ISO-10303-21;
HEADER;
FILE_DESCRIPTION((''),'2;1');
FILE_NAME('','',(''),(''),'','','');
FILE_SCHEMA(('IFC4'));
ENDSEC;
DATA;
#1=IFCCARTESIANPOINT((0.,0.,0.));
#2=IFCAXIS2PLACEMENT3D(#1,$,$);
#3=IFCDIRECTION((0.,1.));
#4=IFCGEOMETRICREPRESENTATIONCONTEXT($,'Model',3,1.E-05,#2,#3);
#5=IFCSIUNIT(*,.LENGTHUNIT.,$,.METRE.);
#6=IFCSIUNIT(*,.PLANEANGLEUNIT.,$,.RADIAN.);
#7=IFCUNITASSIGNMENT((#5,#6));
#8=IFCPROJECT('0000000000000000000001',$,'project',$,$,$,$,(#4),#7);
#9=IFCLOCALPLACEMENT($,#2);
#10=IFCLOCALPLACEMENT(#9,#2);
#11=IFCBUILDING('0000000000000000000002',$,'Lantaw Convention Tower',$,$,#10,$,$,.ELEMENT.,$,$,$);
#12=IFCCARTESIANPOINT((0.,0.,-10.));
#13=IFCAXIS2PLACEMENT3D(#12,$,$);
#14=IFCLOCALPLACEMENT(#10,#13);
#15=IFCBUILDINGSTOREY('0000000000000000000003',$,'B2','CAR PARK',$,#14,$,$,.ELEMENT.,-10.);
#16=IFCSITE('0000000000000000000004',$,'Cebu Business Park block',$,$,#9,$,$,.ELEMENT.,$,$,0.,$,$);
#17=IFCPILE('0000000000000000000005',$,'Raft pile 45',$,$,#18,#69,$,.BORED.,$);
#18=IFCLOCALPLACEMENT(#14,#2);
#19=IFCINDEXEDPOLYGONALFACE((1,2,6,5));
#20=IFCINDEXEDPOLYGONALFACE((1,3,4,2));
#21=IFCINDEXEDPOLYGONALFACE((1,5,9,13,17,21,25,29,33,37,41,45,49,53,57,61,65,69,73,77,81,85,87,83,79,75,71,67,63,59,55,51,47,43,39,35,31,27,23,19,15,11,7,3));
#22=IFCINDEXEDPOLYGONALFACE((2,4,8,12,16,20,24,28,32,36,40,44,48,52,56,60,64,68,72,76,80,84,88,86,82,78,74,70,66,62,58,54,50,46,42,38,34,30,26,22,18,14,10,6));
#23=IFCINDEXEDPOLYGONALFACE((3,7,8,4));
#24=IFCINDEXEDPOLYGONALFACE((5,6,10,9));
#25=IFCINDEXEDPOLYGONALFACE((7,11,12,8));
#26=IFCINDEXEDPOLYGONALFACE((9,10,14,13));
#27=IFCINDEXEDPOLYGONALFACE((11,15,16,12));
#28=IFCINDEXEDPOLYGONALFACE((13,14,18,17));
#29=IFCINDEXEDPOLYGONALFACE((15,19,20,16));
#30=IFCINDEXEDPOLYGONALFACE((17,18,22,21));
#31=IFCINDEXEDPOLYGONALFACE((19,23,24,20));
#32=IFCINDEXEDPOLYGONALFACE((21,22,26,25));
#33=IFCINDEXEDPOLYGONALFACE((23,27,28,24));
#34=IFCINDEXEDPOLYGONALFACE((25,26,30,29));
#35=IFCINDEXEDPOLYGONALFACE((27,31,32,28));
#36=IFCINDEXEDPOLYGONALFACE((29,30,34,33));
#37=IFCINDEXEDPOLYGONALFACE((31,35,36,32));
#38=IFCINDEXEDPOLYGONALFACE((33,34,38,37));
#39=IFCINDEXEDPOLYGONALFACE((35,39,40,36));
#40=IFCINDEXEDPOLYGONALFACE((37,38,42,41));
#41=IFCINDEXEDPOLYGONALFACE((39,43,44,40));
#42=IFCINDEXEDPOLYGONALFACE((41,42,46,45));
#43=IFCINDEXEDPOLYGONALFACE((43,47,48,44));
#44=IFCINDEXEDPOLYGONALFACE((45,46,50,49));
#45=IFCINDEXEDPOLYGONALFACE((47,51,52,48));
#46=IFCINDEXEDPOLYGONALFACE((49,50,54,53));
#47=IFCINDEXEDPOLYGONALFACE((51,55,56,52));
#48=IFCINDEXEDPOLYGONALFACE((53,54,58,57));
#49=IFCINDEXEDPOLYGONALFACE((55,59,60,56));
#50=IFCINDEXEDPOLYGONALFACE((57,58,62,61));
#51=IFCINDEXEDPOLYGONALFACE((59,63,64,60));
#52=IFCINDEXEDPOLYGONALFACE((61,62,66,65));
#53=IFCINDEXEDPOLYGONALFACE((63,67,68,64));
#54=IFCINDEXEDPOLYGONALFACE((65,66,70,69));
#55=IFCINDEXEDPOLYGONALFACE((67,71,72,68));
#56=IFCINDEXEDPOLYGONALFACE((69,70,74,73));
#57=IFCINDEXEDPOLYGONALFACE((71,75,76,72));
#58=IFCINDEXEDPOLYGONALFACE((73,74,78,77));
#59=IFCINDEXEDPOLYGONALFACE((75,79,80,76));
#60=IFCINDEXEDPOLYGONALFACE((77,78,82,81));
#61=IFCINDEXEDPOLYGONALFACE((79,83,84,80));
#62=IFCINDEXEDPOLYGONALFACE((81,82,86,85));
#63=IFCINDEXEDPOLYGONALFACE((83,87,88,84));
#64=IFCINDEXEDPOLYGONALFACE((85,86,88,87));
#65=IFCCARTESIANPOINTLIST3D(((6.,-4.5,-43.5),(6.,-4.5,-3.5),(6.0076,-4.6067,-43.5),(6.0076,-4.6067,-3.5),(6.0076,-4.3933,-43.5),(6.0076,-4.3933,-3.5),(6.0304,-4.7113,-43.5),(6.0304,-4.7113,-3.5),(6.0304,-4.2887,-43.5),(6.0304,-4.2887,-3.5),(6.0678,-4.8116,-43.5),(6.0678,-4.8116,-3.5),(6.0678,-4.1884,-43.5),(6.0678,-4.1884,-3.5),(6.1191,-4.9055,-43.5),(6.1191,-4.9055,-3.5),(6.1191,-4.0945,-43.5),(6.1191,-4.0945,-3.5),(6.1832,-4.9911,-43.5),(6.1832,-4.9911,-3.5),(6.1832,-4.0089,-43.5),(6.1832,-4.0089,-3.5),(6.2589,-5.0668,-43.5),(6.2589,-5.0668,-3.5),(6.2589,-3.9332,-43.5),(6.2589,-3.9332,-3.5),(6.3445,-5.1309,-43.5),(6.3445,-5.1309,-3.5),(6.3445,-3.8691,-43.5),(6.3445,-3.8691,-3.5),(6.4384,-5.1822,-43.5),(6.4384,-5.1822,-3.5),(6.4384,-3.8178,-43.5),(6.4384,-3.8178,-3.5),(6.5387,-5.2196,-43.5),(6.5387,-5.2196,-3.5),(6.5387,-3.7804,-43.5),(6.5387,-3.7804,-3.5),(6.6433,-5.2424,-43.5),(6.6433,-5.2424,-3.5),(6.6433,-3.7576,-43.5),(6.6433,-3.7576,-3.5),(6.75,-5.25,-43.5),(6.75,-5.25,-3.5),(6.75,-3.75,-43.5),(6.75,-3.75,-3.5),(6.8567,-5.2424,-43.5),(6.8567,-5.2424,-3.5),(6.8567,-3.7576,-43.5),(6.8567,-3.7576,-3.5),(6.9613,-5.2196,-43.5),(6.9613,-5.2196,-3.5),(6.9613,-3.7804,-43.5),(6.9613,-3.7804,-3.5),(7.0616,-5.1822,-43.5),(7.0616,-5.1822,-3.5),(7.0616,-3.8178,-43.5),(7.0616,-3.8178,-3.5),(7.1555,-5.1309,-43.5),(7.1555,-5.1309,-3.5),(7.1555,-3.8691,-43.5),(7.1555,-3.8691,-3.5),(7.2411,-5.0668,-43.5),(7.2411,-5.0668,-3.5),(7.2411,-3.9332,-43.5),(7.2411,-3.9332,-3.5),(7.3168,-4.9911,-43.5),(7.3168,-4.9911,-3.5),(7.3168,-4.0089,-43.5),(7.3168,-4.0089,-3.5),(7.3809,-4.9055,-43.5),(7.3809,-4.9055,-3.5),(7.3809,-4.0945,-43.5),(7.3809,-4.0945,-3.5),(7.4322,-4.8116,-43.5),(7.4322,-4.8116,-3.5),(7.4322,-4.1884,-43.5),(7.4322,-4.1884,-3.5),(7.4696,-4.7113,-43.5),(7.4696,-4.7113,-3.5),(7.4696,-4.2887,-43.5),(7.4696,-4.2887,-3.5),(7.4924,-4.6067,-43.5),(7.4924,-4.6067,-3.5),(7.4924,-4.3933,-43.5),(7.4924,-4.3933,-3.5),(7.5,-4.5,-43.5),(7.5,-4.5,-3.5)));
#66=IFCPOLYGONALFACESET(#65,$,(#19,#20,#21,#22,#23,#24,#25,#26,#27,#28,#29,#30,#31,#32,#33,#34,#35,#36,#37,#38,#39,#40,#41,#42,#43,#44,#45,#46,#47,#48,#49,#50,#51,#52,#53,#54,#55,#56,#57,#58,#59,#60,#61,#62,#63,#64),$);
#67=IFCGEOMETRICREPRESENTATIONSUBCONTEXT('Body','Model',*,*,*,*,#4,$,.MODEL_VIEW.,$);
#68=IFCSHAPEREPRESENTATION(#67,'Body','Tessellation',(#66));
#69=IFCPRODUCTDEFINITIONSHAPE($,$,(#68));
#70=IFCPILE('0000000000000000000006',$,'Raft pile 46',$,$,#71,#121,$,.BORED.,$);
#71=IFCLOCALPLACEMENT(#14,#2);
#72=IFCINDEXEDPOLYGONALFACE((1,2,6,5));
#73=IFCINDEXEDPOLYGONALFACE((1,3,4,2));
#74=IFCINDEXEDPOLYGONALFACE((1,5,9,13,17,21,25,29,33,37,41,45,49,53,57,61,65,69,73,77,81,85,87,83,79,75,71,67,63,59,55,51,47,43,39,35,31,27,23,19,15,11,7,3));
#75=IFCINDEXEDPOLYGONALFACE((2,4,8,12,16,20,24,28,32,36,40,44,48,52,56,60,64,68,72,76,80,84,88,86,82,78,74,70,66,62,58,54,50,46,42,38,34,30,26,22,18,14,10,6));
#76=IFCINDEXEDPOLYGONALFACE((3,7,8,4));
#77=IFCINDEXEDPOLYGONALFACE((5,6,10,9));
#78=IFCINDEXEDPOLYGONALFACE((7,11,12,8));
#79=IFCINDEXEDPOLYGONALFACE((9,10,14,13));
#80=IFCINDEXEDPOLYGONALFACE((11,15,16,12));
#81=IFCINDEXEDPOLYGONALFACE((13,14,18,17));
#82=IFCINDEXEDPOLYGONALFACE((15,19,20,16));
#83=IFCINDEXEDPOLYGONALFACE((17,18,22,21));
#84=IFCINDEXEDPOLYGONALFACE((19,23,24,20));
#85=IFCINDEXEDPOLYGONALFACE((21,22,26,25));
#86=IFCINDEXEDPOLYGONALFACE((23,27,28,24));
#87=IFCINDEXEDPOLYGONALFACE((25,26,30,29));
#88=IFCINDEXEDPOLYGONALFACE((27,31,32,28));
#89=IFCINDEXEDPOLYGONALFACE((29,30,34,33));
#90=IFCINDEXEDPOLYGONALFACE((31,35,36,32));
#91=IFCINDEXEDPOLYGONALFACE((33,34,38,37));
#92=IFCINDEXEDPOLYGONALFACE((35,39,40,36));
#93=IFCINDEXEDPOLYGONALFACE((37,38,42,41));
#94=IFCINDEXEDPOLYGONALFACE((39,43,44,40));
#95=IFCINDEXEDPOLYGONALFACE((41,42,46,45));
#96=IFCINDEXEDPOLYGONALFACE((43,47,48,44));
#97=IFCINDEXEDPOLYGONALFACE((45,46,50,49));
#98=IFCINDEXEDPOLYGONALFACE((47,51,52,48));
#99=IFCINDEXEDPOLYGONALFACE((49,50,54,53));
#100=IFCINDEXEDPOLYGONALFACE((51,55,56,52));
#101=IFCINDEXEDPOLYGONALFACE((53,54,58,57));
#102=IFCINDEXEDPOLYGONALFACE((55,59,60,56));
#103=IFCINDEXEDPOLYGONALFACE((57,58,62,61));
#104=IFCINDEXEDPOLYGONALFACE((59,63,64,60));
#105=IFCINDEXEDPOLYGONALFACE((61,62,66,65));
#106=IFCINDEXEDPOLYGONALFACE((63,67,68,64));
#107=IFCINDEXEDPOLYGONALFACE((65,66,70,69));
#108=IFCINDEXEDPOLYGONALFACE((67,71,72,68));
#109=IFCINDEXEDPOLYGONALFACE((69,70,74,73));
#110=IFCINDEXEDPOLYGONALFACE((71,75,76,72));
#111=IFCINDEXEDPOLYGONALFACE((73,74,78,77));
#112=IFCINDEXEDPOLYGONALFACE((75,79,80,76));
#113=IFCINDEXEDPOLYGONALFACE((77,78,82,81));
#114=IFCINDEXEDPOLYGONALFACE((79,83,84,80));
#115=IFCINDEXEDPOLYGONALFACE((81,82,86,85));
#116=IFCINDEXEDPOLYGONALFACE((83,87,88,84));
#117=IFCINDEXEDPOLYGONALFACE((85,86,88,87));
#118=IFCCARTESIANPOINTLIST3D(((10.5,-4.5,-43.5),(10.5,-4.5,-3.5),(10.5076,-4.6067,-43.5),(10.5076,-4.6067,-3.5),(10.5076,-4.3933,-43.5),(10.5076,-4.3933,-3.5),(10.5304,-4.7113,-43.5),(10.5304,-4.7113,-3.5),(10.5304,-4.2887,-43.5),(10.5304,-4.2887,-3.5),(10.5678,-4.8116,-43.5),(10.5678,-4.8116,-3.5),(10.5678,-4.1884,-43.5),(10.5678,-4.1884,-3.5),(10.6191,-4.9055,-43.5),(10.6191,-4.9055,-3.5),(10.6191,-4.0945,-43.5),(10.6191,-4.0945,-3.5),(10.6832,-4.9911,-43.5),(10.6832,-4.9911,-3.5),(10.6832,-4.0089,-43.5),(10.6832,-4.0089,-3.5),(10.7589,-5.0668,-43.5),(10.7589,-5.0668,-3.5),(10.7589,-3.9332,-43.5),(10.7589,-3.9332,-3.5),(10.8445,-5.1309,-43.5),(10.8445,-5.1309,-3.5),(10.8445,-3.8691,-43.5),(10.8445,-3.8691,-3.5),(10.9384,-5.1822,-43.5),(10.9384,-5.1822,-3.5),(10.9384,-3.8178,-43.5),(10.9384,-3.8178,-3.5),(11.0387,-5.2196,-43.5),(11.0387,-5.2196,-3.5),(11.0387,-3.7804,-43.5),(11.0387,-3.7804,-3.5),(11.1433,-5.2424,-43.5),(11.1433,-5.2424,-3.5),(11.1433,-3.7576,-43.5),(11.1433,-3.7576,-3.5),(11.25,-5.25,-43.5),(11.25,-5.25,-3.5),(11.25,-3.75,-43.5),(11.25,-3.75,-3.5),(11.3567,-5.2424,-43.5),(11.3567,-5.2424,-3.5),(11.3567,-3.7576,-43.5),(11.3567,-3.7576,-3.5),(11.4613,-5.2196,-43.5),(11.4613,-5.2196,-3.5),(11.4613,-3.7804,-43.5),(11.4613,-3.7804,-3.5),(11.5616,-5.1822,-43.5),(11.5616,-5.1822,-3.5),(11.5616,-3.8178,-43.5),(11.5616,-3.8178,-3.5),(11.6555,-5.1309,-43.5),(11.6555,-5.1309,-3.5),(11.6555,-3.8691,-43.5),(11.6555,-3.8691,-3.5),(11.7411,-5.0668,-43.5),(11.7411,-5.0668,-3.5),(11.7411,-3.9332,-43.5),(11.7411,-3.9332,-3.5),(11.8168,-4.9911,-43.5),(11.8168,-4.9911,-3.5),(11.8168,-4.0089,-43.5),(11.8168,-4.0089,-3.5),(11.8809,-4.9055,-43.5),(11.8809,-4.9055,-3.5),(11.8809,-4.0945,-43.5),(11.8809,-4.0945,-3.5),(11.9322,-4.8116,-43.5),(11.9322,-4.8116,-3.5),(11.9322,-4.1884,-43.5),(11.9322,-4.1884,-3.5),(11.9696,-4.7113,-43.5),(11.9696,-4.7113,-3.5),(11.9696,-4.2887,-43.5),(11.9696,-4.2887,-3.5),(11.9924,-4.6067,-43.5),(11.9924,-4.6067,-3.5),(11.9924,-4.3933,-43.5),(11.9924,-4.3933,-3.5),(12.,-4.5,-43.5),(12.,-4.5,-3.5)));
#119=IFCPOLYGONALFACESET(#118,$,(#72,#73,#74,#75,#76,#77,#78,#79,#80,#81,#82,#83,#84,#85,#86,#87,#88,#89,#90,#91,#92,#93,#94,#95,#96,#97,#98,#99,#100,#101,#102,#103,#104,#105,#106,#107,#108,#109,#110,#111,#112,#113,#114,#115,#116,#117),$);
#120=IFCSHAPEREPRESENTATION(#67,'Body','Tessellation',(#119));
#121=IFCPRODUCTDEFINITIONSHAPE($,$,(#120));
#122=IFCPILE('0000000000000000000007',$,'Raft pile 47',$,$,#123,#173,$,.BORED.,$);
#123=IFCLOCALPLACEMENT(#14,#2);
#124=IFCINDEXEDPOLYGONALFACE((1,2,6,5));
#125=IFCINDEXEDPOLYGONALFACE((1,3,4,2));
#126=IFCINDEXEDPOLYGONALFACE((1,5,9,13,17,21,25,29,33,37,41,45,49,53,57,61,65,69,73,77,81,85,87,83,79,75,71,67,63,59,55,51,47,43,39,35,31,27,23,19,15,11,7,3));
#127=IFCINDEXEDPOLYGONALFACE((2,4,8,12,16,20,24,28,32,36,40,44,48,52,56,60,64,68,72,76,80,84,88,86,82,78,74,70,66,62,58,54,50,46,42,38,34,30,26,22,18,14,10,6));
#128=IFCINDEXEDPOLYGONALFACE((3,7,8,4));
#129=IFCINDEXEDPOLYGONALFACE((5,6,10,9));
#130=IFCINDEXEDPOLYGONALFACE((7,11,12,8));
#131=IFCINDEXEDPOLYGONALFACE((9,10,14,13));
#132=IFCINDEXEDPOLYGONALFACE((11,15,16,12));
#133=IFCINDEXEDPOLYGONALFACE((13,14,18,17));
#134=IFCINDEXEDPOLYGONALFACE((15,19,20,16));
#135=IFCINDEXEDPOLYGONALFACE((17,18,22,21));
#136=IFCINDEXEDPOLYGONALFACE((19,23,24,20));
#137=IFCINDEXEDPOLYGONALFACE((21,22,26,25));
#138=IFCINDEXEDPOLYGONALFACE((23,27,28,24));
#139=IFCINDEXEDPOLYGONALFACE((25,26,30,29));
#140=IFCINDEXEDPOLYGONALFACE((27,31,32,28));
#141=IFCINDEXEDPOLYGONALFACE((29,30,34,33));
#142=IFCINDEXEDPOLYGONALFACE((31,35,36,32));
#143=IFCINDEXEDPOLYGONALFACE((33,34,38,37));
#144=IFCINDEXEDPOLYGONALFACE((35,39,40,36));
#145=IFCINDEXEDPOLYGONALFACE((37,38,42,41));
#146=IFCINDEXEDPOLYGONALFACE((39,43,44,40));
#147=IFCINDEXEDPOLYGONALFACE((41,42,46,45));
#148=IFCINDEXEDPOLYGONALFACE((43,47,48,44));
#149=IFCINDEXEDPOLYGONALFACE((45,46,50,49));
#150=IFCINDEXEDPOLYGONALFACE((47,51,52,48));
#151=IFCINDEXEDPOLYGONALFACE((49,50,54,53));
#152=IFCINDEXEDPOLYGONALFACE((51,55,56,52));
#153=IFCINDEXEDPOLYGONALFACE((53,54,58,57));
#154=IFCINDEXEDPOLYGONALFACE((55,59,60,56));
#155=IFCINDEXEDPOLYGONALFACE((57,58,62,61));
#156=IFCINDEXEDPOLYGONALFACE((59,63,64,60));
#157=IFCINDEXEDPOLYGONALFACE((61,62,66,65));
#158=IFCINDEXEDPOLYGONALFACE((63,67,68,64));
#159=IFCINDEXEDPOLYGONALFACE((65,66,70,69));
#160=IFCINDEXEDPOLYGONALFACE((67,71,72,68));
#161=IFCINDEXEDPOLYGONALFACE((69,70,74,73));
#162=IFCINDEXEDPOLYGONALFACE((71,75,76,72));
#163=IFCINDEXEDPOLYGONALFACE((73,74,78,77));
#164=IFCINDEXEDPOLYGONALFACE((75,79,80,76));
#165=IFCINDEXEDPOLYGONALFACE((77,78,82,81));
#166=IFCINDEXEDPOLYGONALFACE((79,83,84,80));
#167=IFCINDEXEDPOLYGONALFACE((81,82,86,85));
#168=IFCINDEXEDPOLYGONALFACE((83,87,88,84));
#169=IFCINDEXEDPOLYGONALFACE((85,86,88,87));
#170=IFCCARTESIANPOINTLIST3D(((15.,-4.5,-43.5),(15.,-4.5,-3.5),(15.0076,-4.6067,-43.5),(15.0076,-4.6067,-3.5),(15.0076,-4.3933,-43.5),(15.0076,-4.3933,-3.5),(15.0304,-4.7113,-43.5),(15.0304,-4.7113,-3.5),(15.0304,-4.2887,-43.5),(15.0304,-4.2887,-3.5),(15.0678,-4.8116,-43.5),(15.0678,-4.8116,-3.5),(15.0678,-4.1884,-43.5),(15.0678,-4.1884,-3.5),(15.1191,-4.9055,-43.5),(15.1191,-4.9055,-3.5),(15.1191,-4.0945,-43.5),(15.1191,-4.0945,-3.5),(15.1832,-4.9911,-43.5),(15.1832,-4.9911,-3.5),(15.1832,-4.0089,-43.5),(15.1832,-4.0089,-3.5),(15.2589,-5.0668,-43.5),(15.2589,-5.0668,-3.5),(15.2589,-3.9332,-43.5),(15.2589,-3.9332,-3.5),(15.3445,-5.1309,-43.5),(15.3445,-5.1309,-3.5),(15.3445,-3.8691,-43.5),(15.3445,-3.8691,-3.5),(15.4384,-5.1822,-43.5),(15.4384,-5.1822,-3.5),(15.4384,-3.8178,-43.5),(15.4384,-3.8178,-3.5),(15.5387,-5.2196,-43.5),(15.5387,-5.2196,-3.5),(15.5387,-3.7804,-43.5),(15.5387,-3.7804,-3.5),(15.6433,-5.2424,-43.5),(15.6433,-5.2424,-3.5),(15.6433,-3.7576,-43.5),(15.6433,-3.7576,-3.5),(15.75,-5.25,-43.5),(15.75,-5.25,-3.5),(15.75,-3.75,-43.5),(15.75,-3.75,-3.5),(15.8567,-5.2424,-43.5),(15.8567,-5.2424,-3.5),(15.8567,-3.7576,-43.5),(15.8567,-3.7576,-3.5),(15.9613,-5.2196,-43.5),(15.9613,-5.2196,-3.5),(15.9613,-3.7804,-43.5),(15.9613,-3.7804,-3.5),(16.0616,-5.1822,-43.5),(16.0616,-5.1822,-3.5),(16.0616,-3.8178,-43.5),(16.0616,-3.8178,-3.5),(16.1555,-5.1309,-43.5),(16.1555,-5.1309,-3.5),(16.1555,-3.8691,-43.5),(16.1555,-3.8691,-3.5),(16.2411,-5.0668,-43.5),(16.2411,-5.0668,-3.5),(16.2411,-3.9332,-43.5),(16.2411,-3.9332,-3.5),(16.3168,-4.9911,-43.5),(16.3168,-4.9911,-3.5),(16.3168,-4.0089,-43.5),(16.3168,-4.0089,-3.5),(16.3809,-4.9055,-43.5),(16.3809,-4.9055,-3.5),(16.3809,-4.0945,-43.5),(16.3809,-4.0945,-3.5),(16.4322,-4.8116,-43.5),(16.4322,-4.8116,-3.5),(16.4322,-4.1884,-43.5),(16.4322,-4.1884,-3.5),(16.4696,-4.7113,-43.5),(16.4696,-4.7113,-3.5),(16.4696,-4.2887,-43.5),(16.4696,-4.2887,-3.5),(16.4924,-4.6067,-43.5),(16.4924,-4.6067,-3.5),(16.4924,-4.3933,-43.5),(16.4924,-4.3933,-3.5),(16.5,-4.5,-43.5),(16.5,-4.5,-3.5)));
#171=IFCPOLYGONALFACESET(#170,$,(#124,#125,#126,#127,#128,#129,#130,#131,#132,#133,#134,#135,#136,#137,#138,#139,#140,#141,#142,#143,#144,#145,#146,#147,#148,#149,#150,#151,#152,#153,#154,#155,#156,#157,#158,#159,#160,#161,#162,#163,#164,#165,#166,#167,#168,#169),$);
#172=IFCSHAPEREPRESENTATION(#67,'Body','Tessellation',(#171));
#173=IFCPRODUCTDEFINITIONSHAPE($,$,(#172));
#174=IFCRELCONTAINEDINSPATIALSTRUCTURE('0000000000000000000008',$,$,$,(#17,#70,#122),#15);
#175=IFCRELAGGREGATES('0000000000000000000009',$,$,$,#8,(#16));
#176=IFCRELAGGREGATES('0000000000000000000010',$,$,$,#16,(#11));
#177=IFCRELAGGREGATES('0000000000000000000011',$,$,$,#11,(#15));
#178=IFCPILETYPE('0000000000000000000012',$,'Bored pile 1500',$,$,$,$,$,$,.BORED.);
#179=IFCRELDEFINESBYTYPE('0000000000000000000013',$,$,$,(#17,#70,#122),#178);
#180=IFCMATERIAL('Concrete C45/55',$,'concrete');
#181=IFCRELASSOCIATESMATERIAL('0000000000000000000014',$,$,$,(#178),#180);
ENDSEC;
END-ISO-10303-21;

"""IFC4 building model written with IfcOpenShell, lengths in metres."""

from ifc_helpers import new_model, si_unit, direction, frame, origin, origin_2d, place, context, subcontext, project, spatial, circle, extrude, material, material_profile, profile_set, type_object, element, save


model = new_model("IFC4")

# Units and contexts
model_context = context("Model", 3, precision=1e-05, world=origin(), true_north=direction((0.0, 1.0)))
body_context = subcontext(model_context, "Body", "Model", "MODEL_VIEW")
ifc_project = project(units=[si_unit("LENGTHUNIT", "METRE"), si_unit("PLANEANGLEUNIT", "RADIAN")], contexts=[model_context])

# Site, building, storey
site_placement = place(None, origin())
site = spatial("IfcSite", under=ifc_project, at=site_placement, Name="Cebu Business Park block", CompositionType="ELEMENT", RefElevation=0.0)
building_placement = place(site_placement, origin())
building = spatial("IfcBuilding", under=site, at=building_placement, Name="Lantaw Convention Tower", CompositionType="ELEMENT")
storey_placement = place(building_placement, frame((0.0, 0.0, -10.0)))
storey = spatial("IfcBuildingStorey", under=building, at=storey_placement, Name="B2", Description="CAR PARK", CompositionType="ELEMENT", Elevation=-10.0)

# Piles
ifc_material_1 = material(Name="Concrete C45/55", Category="concrete")
ifc_material_profile_1 = material_profile(ifc_material_1, circle(Radius=0.75, at=origin_2d()), Name="Bored pile 1500")
ifc_profile_set_1 = profile_set([ifc_material_profile_1], Name="Concrete C45/55")
pile_type_1 = type_object("IfcPileType", Name="Bored pile 1500", PredefinedType="BORED", material=ifc_profile_set_1)
for number, where, z_axis, x_axis, name in (
    (1, (6.75, -4.5, -3.5), (0.0, 0.0, -1.0), (1.0, 0.0, 0.0), "Raft pile 45"),
    (2, (11.25, -4.5, -3.5), (0.0, 0.0, -1.0), (1.0, 0.0, 0.0), "Raft pile 46"),
    (3, (15.75, -4.5, -3.5), (0.0, 0.0, -1.0), (1.0, 0.0, 0.0), "Raft pile 47"),
):
    element("IfcPile", number, at=place(storey_placement, frame(where, z_axis=z_axis, x_axis=x_axis)), inside=storey, type_object=pile_type_1, Name=name, PredefinedType="BORED", context=body_context, shape_type="SweptSolid", body=[
        extrude(circle(Radius=0.75, at=origin_2d()), origin(), (0.0, 0.0, 1.0), 40.0),
    ])

save(model, "model.ifc")
